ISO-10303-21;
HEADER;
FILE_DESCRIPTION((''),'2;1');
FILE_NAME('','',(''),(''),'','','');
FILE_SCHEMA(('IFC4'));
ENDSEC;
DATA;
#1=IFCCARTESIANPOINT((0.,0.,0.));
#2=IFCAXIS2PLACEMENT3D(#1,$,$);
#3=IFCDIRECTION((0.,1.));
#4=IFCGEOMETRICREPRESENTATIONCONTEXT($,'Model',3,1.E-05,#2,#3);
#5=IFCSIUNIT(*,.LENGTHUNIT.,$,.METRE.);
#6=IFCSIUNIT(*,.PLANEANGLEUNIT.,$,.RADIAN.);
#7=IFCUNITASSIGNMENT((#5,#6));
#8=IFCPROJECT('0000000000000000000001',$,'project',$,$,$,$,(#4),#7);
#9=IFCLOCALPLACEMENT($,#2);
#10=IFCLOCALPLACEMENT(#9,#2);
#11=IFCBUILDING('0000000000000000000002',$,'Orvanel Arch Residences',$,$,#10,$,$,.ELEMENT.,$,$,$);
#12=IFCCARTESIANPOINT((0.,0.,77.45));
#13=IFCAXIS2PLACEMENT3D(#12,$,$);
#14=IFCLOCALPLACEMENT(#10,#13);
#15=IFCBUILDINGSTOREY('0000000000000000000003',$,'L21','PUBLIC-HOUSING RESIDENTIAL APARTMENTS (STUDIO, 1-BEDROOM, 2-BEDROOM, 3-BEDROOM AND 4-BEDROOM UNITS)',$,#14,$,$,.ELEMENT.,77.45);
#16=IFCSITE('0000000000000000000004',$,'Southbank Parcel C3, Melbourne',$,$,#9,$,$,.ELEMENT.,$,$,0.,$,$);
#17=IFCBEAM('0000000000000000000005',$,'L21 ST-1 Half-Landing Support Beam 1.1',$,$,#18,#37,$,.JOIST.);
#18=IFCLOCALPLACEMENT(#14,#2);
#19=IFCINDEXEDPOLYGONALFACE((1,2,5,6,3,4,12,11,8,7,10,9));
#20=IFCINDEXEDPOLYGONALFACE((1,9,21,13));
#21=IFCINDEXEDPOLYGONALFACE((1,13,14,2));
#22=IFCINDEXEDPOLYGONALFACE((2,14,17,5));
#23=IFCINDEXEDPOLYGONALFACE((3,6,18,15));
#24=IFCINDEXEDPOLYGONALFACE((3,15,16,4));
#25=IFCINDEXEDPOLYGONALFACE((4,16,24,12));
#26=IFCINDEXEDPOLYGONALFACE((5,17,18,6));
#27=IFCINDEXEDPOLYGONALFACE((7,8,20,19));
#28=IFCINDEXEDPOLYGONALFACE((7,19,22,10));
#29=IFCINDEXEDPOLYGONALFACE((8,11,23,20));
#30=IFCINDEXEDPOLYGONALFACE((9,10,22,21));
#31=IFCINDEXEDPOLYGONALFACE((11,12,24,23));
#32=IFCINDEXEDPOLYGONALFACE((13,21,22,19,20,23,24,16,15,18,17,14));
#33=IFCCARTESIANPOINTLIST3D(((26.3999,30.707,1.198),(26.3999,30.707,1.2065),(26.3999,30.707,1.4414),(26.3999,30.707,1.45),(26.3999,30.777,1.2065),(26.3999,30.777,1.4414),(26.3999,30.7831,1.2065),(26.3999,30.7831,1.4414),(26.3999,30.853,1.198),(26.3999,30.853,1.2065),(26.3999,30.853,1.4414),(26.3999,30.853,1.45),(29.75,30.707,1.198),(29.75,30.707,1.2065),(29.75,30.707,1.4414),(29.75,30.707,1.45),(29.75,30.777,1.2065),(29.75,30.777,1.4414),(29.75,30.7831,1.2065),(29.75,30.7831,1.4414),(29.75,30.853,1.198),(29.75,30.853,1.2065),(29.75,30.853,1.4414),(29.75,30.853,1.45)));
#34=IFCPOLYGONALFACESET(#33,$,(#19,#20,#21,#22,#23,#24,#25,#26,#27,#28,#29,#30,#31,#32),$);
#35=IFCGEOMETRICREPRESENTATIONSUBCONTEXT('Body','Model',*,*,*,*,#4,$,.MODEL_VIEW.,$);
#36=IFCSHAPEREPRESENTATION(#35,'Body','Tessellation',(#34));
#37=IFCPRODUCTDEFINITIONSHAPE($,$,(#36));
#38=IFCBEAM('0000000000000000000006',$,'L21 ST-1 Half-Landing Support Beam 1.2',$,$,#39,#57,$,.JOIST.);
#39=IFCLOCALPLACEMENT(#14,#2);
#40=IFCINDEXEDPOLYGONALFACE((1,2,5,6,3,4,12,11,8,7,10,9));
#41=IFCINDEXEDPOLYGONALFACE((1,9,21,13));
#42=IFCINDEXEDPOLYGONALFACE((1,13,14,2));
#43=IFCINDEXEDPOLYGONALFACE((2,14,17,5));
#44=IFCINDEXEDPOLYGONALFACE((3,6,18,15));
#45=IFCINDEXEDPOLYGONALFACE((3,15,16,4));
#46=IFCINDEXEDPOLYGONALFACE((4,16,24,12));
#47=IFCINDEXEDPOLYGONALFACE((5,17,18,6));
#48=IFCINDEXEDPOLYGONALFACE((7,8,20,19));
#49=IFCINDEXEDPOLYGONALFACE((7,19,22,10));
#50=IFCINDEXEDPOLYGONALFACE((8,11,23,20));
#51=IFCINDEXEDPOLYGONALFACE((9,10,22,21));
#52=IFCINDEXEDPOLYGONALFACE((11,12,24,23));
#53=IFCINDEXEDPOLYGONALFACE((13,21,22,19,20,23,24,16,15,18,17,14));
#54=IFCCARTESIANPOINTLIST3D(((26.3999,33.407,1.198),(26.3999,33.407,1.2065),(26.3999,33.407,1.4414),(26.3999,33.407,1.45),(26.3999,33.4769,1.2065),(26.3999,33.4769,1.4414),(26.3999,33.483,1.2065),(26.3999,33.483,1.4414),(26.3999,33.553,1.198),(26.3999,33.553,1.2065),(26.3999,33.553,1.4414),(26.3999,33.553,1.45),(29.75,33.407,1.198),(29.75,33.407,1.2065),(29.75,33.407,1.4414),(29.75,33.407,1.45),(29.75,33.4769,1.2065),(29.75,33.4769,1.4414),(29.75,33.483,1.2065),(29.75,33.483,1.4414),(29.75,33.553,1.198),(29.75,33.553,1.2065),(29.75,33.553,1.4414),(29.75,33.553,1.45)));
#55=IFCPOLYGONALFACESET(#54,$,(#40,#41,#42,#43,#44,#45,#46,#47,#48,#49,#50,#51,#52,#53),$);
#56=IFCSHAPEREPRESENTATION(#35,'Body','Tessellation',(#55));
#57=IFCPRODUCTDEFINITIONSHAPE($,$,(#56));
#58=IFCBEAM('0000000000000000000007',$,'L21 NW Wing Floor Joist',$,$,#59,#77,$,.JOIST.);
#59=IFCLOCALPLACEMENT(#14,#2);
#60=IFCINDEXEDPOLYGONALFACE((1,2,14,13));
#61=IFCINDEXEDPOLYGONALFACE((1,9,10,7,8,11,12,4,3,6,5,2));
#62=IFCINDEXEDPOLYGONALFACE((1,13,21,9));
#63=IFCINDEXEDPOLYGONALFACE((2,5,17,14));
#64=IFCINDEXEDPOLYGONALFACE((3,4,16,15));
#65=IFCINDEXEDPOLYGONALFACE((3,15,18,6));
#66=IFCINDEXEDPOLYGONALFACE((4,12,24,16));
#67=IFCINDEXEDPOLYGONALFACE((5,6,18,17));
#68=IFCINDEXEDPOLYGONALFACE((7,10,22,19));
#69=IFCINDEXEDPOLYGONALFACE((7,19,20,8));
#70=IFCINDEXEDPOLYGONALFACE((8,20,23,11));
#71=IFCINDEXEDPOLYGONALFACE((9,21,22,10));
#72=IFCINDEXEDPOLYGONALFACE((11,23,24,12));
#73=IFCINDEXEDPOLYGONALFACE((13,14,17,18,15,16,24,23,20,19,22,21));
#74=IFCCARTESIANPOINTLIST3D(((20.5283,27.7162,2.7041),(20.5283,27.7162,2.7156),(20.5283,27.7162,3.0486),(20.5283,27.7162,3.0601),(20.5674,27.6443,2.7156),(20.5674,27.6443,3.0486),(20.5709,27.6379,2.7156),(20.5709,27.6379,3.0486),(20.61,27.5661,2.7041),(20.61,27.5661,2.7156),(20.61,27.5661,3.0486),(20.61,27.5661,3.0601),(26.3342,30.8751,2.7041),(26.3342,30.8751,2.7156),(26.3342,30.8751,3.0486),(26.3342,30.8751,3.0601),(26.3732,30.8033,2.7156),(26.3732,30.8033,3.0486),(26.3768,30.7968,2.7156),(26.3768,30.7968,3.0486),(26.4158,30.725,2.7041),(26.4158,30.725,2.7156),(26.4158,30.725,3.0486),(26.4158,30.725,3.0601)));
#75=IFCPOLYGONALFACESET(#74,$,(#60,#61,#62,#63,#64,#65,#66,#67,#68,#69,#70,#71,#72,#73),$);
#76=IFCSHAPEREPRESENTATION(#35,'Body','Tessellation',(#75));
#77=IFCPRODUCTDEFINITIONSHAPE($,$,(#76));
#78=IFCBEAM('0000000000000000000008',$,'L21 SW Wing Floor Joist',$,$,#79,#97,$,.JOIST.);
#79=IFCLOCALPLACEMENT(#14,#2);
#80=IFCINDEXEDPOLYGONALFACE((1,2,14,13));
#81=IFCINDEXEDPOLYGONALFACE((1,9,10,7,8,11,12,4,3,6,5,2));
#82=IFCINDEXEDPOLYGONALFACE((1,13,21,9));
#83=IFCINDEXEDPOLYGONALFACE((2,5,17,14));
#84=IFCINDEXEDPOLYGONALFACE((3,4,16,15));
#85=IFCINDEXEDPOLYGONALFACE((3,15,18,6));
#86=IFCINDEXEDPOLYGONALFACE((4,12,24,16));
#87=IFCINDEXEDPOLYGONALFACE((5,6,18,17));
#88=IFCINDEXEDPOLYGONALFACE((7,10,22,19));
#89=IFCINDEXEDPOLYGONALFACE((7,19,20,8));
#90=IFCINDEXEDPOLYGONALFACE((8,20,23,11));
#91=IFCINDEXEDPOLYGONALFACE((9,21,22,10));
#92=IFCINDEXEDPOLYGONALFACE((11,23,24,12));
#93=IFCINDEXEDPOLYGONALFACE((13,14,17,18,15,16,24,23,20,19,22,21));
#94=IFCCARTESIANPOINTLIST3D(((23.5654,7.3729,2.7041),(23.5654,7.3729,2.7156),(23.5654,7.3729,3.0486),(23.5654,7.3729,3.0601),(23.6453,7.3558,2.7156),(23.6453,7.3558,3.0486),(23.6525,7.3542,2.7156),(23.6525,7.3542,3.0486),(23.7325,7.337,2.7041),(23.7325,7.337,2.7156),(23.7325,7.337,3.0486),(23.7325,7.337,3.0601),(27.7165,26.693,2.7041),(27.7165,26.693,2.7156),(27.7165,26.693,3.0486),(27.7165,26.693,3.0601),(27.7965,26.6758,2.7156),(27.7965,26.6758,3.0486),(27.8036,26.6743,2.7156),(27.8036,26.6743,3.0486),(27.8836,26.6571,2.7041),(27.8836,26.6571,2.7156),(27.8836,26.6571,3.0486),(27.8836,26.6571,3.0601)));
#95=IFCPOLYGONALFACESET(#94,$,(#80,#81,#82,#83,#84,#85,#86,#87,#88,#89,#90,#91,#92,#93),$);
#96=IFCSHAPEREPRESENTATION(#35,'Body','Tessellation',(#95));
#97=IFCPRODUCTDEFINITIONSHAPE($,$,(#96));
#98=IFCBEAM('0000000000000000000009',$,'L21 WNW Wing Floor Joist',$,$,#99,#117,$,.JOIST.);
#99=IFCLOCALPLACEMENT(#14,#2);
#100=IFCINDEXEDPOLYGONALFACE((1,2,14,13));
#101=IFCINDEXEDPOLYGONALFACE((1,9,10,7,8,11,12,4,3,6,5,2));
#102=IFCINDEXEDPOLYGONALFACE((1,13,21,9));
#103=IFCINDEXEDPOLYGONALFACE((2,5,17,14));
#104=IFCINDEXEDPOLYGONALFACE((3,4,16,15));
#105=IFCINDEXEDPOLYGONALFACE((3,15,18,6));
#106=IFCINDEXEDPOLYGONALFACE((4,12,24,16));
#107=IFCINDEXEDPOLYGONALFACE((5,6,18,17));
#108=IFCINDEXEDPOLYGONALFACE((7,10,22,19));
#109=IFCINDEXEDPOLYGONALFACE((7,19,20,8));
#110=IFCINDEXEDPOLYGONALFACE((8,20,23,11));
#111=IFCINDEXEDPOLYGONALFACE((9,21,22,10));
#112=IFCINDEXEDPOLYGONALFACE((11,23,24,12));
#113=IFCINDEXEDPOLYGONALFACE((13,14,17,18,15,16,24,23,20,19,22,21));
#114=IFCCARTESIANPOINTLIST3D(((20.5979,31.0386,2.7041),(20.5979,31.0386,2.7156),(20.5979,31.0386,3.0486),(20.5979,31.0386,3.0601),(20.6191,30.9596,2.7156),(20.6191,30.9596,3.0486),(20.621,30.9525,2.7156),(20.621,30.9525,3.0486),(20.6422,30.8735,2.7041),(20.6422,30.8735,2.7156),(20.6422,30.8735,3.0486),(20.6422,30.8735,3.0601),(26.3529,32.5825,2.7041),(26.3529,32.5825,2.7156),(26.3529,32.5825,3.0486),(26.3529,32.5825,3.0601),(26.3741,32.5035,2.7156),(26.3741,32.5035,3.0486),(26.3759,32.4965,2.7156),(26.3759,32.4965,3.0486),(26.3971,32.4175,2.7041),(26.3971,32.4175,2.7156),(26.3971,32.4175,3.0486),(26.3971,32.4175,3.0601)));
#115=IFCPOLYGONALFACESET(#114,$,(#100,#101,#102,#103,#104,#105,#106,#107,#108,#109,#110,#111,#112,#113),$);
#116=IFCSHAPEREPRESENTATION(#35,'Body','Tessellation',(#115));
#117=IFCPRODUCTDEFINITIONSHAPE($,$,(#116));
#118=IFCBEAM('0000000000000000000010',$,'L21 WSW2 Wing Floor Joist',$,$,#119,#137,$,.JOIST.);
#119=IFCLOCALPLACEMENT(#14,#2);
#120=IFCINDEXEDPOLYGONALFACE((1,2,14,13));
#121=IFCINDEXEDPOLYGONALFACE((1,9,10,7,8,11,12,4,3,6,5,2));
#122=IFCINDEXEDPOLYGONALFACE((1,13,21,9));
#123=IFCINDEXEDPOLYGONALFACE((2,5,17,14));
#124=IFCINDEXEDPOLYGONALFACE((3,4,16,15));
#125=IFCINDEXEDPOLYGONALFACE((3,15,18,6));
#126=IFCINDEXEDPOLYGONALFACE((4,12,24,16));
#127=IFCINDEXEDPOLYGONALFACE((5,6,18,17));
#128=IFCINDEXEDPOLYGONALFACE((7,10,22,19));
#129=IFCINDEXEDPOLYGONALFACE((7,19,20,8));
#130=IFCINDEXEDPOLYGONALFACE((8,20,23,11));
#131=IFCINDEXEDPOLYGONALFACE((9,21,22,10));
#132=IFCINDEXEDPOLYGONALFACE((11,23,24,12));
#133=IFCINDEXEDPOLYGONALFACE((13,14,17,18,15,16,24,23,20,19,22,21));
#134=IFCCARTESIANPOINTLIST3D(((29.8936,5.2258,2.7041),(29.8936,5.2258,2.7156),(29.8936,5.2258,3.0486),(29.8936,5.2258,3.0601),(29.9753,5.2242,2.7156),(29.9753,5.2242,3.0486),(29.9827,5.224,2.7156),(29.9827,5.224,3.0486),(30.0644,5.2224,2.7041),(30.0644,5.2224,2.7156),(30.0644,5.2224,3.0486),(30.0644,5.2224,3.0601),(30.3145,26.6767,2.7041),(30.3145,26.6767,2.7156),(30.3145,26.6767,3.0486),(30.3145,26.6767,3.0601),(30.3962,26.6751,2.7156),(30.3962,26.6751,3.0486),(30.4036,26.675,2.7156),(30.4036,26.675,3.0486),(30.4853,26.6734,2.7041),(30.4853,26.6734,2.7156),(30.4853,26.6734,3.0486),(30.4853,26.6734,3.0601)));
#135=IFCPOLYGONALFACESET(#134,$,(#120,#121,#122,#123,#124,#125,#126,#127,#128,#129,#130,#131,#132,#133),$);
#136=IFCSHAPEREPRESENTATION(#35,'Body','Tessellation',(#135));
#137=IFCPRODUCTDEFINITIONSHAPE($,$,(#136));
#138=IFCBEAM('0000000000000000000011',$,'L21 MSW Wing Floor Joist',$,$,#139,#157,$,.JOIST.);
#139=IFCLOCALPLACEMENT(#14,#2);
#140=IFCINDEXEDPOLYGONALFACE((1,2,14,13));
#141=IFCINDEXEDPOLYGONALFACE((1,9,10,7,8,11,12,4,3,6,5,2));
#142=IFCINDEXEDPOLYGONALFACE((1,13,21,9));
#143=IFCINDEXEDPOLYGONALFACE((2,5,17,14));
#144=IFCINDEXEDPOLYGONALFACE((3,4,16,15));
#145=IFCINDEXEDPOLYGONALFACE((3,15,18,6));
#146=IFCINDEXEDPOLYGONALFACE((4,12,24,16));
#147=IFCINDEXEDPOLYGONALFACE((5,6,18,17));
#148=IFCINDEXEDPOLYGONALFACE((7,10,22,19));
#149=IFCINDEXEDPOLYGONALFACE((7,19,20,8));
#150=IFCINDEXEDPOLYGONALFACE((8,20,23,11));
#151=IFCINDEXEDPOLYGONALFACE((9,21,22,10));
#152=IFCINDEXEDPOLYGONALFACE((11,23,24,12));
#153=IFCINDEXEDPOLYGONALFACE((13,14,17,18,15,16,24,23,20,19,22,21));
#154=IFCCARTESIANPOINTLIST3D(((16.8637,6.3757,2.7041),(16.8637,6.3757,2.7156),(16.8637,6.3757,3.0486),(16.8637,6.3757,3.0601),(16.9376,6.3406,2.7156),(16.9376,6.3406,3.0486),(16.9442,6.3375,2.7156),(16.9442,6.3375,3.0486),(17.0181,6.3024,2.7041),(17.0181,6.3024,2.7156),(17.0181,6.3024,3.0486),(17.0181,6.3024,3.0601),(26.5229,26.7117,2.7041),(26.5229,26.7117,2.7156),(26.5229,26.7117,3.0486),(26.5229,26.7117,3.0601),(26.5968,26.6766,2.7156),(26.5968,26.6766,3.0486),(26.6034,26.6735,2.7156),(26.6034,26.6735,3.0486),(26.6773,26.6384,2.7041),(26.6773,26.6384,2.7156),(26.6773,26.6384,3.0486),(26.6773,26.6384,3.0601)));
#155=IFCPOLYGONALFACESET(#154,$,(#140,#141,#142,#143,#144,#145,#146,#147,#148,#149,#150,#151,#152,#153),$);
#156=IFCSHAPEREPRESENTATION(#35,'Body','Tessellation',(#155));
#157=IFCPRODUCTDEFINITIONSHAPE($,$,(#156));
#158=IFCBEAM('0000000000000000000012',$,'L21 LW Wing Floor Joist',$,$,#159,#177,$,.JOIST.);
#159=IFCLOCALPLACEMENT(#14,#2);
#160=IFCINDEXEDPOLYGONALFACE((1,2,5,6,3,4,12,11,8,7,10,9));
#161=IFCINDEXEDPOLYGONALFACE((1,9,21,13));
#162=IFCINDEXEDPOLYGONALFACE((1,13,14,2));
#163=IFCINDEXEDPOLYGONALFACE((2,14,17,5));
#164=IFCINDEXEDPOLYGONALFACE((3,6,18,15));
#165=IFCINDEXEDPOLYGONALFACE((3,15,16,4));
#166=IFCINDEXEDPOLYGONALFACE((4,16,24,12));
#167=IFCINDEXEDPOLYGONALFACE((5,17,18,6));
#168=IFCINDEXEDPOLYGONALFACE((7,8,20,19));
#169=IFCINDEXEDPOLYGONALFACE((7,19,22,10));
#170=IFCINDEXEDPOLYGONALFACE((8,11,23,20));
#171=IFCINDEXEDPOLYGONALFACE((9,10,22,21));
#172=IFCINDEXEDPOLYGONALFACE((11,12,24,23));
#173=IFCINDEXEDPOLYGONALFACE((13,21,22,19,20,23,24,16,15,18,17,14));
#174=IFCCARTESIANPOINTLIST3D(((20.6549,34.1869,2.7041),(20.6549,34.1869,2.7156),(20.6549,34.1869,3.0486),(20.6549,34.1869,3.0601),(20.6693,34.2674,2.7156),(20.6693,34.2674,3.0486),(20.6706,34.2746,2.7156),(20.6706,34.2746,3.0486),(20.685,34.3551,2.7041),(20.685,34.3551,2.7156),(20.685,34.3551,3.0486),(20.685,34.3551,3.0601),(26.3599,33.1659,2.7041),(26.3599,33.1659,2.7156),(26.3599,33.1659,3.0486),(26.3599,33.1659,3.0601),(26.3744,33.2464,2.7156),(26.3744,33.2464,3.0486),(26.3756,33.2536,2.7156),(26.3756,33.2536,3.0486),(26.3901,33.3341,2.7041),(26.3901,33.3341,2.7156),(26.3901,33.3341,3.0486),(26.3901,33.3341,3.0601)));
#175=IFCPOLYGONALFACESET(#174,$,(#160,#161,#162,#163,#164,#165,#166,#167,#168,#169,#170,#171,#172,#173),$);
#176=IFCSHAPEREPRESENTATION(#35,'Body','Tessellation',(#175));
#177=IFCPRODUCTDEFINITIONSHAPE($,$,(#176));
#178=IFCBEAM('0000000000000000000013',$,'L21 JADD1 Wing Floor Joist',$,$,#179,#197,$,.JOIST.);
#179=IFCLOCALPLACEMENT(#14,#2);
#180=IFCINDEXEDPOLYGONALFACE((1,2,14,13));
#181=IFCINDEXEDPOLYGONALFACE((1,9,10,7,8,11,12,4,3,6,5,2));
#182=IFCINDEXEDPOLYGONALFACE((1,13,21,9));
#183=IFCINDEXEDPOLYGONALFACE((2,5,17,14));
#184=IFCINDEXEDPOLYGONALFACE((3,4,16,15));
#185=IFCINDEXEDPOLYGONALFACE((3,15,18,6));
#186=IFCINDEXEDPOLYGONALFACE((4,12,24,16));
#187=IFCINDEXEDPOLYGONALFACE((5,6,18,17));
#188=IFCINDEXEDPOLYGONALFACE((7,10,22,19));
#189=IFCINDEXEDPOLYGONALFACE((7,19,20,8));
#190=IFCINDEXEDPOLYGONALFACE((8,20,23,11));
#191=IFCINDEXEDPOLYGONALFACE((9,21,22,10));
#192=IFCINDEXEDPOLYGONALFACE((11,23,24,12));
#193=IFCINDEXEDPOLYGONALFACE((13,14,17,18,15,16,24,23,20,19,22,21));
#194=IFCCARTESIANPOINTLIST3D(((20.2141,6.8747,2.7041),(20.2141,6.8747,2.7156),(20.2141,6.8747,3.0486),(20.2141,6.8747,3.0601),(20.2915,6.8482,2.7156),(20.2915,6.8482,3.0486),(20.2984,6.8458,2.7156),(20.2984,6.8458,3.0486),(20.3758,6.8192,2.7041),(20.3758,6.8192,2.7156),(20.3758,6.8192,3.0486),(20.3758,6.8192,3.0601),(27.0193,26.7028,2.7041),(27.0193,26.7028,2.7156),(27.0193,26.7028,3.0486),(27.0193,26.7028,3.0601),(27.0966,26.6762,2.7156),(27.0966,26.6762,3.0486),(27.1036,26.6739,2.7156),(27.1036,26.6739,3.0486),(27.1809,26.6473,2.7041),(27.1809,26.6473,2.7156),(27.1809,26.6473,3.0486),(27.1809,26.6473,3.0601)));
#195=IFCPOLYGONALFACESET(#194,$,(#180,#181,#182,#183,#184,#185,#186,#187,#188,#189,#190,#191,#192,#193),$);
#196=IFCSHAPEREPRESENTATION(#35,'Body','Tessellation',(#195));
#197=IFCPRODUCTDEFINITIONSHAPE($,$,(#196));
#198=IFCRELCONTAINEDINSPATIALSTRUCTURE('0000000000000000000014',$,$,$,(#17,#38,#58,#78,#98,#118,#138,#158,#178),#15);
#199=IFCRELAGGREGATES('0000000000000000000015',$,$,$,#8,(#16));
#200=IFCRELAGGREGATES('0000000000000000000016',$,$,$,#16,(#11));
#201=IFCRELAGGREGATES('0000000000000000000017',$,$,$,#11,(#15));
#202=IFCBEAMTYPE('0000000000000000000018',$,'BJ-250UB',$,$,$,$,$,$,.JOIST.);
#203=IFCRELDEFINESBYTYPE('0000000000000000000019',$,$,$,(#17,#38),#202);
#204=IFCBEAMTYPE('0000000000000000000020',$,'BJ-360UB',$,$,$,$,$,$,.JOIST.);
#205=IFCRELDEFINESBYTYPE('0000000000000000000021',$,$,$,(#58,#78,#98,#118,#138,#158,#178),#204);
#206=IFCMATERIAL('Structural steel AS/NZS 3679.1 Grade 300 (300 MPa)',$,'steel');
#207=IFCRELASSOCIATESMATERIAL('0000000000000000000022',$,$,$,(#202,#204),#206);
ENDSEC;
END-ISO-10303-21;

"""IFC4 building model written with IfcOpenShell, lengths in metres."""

from ifc_helpers import new_model, si_unit, direction, frame, origin, origin_2d, place, context, subcontext, project, spatial, i_section, extrude, material, material_profile, profile_set, type_object, element, save


model = new_model("IFC4")

# Units and contexts
model_context = context("Model", 3, precision=1e-05, world=origin(), true_north=direction((0.0, 1.0)))
body_context = subcontext(model_context, "Body", "Model", "MODEL_VIEW")
ifc_project = project(units=[si_unit("LENGTHUNIT", "METRE"), si_unit("PLANEANGLEUNIT", "RADIAN")], contexts=[model_context])

# Site, building, storey
site_placement = place(None, origin())
site = spatial("IfcSite", under=ifc_project, at=site_placement, Name="Southbank Parcel C3, Melbourne", CompositionType="ELEMENT", RefElevation=0.0)
building_placement = place(site_placement, origin())
building = spatial("IfcBuilding", under=site, at=building_placement, Name="Orvanel Arch Residences", CompositionType="ELEMENT")
storey_placement = place(building_placement, frame((0.0, 0.0, 77.45)))
storey = spatial("IfcBuildingStorey", under=building, at=storey_placement, Name="L21", Description="PUBLIC-HOUSING RESIDENTIAL APARTMENTS (STUDIO, 1-BEDROOM, 2-BEDROOM, 3-BEDROOM AND 4-BEDROOM UNITS)", CompositionType="ELEMENT", Elevation=77.45)

# Beams
ifc_material_1 = material(Name="Structural steel AS/NZS 3679.1 Grade 300 (300 MPa)", Category="steel")
ifc_material_profile_1 = material_profile(ifc_material_1, i_section(OverallWidth=0.146, OverallDepth=0.252, WebThickness=0.0061, FlangeThickness=0.0085, at=origin_2d()), Name="250UB31.4")
ifc_profile_set_1 = profile_set([ifc_material_profile_1], Name="Structural steel AS/NZS 3679.1 Grade 300 (300 MPa)")
beam_type_1 = type_object("IfcBeamType", Name="BJ-250UB", PredefinedType="JOIST", material=ifc_profile_set_1)
for number, where, z_axis, x_axis, name in (
    (1, (26.3999, 30.78, 1.324), (1.0, 0.0, 0.0), (0.0, 1.0, 0.0), "L21 ST-1 Half-Landing Support Beam 1.1"),
    (2, (26.3999, 33.48, 1.324), (1.0, 0.0, 0.0), (0.0, 1.0, 0.0), "L21 ST-1 Half-Landing Support Beam 1.2"),
):
    element("IfcBeam", number, at=place(storey_placement, frame(where, z_axis=z_axis, x_axis=x_axis)), inside=storey, type_object=beam_type_1, Name=name, PredefinedType="JOIST", context=body_context, shape_type="SweptSolid", body=[
        extrude(i_section(OverallWidth=0.146, OverallDepth=0.252, WebThickness=0.0061, FlangeThickness=0.0085, at=origin_2d()), origin(), (0.0, 0.0, 1.0), 3.3501),
    ])
ifc_material_profile_2 = material_profile(ifc_material_1, i_section(OverallWidth=0.1709, OverallDepth=0.356, WebThickness=0.0073, FlangeThickness=0.0115, at=origin_2d()), Name="360UB50.7")
ifc_profile_set_2 = profile_set([ifc_material_profile_2], Name="Structural steel AS/NZS 3679.1 Grade 300 (300 MPa)")
beam_type_2 = type_object("IfcBeamType", Name="BJ-360UB", PredefinedType="JOIST", material=ifc_profile_set_2)
beam_1_placement = place(storey_placement, frame((26.375, 30.8, 2.8821), z_axis=(-0.878399, -0.477928, 0.0), x_axis=(0.477928, -0.878399, 0.0)))
element("IfcBeam", 3, at=beam_1_placement, inside=storey, type_object=beam_type_2, Name="L21 NW Wing Floor Joist", PredefinedType="JOIST", context=body_context, shape_type="SweptSolid", body=[
    extrude(i_section(OverallWidth=0.1709, OverallDepth=0.356, WebThickness=0.0073, FlangeThickness=0.0115, at=origin_2d()), origin(), (0.0, 0.0, 1.0), 6.6096),
])
beam_2_placement = place(storey_placement, frame((27.8, 26.675, 2.8821), z_axis=(-0.210067, -0.977687, 0.0), x_axis=(0.977687, -0.210067, 0.0)))
element("IfcBeam", 4, at=beam_2_placement, inside=storey, type_object=beam_type_2, Name="L21 SW Wing Floor Joist", PredefinedType="JOIST", context=body_context, shape_type="SweptSolid", body=[
    extrude(i_section(OverallWidth=0.1709, OverallDepth=0.356, WebThickness=0.0073, FlangeThickness=0.0115, at=origin_2d()), origin(), (0.0, 0.0, 1.0), 19.761),
])
beam_3_placement = place(storey_placement, frame((26.375, 32.5, 2.8821), z_axis=(-0.965845, -0.259121, 0.0), x_axis=(0.259121, -0.965845, 0.0)))
element("IfcBeam", 5, at=beam_3_placement, inside=storey, type_object=beam_type_2, Name="L21 WNW Wing Floor Joist", PredefinedType="JOIST", context=body_context, shape_type="SweptSolid", body=[
    extrude(i_section(OverallWidth=0.1709, OverallDepth=0.356, WebThickness=0.0073, FlangeThickness=0.0115, at=origin_2d()), origin(), (0.0, 0.0, 1.0), 5.9585),
])
beam_4_placement = place(storey_placement, frame((30.3999, 26.675, 2.8821), z_axis=(-0.019618, -0.999808, 0.0), x_axis=(0.999808, -0.019618, 0.0)))
element("IfcBeam", 6, at=beam_4_placement, inside=storey, type_object=beam_type_2, Name="L21 WSW2 Wing Floor Joist", PredefinedType="JOIST", context=body_context, shape_type="SweptSolid", body=[
    extrude(i_section(OverallWidth=0.1709, OverallDepth=0.356, WebThickness=0.0073, FlangeThickness=0.0115, at=origin_2d()), origin(), (0.0, 0.0, 1.0), 21.4551),
])
beam_5_placement = place(storey_placement, frame((26.6001, 26.675, 2.8821), z_axis=(-0.429043, -0.903284, 0.0), x_axis=(0.903284, -0.429043, 0.0)))
element("IfcBeam", 7, at=beam_5_placement, inside=storey, type_object=beam_type_2, Name="L21 MSW Wing Floor Joist", PredefinedType="JOIST", context=body_context, shape_type="SweptSolid", body=[
    extrude(i_section(OverallWidth=0.1709, OverallDepth=0.356, WebThickness=0.0073, FlangeThickness=0.0115, at=origin_2d()), origin(), (0.0, 0.0, 1.0), 22.5134),
])
beam_6_placement = place(storey_placement, frame((26.375, 33.25, 2.8821), z_axis=(-0.984361, 0.176164, 0.0), x_axis=(-0.176164, -0.984361, 0.0)))
element("IfcBeam", 8, at=beam_6_placement, inside=storey, type_object=beam_type_2, Name="L21 LW Wing Floor Joist", PredefinedType="JOIST", context=body_context, shape_type="SweptSolid", body=[
    extrude(i_section(OverallWidth=0.1709, OverallDepth=0.356, WebThickness=0.0073, FlangeThickness=0.0115, at=origin_2d()), origin(), (0.0, 0.0, 1.0), 5.7957),
])
beam_7_placement = place(storey_placement, frame((27.1001, 26.675, 2.8821), z_axis=(-0.324621, -0.945844, 0.0), x_axis=(0.945844, -0.324621, 0.0)))
element("IfcBeam", 9, at=beam_7_placement, inside=storey, type_object=beam_type_2, Name="L21 JADD1 Wing Floor Joist", PredefinedType="JOIST", context=body_context, shape_type="SweptSolid", body=[
    extrude(i_section(OverallWidth=0.1709, OverallDepth=0.356, WebThickness=0.0073, FlangeThickness=0.0115, at=origin_2d()), origin(), (0.0, 0.0, 1.0), 20.9634),
])

save(model, "model.ifc")
